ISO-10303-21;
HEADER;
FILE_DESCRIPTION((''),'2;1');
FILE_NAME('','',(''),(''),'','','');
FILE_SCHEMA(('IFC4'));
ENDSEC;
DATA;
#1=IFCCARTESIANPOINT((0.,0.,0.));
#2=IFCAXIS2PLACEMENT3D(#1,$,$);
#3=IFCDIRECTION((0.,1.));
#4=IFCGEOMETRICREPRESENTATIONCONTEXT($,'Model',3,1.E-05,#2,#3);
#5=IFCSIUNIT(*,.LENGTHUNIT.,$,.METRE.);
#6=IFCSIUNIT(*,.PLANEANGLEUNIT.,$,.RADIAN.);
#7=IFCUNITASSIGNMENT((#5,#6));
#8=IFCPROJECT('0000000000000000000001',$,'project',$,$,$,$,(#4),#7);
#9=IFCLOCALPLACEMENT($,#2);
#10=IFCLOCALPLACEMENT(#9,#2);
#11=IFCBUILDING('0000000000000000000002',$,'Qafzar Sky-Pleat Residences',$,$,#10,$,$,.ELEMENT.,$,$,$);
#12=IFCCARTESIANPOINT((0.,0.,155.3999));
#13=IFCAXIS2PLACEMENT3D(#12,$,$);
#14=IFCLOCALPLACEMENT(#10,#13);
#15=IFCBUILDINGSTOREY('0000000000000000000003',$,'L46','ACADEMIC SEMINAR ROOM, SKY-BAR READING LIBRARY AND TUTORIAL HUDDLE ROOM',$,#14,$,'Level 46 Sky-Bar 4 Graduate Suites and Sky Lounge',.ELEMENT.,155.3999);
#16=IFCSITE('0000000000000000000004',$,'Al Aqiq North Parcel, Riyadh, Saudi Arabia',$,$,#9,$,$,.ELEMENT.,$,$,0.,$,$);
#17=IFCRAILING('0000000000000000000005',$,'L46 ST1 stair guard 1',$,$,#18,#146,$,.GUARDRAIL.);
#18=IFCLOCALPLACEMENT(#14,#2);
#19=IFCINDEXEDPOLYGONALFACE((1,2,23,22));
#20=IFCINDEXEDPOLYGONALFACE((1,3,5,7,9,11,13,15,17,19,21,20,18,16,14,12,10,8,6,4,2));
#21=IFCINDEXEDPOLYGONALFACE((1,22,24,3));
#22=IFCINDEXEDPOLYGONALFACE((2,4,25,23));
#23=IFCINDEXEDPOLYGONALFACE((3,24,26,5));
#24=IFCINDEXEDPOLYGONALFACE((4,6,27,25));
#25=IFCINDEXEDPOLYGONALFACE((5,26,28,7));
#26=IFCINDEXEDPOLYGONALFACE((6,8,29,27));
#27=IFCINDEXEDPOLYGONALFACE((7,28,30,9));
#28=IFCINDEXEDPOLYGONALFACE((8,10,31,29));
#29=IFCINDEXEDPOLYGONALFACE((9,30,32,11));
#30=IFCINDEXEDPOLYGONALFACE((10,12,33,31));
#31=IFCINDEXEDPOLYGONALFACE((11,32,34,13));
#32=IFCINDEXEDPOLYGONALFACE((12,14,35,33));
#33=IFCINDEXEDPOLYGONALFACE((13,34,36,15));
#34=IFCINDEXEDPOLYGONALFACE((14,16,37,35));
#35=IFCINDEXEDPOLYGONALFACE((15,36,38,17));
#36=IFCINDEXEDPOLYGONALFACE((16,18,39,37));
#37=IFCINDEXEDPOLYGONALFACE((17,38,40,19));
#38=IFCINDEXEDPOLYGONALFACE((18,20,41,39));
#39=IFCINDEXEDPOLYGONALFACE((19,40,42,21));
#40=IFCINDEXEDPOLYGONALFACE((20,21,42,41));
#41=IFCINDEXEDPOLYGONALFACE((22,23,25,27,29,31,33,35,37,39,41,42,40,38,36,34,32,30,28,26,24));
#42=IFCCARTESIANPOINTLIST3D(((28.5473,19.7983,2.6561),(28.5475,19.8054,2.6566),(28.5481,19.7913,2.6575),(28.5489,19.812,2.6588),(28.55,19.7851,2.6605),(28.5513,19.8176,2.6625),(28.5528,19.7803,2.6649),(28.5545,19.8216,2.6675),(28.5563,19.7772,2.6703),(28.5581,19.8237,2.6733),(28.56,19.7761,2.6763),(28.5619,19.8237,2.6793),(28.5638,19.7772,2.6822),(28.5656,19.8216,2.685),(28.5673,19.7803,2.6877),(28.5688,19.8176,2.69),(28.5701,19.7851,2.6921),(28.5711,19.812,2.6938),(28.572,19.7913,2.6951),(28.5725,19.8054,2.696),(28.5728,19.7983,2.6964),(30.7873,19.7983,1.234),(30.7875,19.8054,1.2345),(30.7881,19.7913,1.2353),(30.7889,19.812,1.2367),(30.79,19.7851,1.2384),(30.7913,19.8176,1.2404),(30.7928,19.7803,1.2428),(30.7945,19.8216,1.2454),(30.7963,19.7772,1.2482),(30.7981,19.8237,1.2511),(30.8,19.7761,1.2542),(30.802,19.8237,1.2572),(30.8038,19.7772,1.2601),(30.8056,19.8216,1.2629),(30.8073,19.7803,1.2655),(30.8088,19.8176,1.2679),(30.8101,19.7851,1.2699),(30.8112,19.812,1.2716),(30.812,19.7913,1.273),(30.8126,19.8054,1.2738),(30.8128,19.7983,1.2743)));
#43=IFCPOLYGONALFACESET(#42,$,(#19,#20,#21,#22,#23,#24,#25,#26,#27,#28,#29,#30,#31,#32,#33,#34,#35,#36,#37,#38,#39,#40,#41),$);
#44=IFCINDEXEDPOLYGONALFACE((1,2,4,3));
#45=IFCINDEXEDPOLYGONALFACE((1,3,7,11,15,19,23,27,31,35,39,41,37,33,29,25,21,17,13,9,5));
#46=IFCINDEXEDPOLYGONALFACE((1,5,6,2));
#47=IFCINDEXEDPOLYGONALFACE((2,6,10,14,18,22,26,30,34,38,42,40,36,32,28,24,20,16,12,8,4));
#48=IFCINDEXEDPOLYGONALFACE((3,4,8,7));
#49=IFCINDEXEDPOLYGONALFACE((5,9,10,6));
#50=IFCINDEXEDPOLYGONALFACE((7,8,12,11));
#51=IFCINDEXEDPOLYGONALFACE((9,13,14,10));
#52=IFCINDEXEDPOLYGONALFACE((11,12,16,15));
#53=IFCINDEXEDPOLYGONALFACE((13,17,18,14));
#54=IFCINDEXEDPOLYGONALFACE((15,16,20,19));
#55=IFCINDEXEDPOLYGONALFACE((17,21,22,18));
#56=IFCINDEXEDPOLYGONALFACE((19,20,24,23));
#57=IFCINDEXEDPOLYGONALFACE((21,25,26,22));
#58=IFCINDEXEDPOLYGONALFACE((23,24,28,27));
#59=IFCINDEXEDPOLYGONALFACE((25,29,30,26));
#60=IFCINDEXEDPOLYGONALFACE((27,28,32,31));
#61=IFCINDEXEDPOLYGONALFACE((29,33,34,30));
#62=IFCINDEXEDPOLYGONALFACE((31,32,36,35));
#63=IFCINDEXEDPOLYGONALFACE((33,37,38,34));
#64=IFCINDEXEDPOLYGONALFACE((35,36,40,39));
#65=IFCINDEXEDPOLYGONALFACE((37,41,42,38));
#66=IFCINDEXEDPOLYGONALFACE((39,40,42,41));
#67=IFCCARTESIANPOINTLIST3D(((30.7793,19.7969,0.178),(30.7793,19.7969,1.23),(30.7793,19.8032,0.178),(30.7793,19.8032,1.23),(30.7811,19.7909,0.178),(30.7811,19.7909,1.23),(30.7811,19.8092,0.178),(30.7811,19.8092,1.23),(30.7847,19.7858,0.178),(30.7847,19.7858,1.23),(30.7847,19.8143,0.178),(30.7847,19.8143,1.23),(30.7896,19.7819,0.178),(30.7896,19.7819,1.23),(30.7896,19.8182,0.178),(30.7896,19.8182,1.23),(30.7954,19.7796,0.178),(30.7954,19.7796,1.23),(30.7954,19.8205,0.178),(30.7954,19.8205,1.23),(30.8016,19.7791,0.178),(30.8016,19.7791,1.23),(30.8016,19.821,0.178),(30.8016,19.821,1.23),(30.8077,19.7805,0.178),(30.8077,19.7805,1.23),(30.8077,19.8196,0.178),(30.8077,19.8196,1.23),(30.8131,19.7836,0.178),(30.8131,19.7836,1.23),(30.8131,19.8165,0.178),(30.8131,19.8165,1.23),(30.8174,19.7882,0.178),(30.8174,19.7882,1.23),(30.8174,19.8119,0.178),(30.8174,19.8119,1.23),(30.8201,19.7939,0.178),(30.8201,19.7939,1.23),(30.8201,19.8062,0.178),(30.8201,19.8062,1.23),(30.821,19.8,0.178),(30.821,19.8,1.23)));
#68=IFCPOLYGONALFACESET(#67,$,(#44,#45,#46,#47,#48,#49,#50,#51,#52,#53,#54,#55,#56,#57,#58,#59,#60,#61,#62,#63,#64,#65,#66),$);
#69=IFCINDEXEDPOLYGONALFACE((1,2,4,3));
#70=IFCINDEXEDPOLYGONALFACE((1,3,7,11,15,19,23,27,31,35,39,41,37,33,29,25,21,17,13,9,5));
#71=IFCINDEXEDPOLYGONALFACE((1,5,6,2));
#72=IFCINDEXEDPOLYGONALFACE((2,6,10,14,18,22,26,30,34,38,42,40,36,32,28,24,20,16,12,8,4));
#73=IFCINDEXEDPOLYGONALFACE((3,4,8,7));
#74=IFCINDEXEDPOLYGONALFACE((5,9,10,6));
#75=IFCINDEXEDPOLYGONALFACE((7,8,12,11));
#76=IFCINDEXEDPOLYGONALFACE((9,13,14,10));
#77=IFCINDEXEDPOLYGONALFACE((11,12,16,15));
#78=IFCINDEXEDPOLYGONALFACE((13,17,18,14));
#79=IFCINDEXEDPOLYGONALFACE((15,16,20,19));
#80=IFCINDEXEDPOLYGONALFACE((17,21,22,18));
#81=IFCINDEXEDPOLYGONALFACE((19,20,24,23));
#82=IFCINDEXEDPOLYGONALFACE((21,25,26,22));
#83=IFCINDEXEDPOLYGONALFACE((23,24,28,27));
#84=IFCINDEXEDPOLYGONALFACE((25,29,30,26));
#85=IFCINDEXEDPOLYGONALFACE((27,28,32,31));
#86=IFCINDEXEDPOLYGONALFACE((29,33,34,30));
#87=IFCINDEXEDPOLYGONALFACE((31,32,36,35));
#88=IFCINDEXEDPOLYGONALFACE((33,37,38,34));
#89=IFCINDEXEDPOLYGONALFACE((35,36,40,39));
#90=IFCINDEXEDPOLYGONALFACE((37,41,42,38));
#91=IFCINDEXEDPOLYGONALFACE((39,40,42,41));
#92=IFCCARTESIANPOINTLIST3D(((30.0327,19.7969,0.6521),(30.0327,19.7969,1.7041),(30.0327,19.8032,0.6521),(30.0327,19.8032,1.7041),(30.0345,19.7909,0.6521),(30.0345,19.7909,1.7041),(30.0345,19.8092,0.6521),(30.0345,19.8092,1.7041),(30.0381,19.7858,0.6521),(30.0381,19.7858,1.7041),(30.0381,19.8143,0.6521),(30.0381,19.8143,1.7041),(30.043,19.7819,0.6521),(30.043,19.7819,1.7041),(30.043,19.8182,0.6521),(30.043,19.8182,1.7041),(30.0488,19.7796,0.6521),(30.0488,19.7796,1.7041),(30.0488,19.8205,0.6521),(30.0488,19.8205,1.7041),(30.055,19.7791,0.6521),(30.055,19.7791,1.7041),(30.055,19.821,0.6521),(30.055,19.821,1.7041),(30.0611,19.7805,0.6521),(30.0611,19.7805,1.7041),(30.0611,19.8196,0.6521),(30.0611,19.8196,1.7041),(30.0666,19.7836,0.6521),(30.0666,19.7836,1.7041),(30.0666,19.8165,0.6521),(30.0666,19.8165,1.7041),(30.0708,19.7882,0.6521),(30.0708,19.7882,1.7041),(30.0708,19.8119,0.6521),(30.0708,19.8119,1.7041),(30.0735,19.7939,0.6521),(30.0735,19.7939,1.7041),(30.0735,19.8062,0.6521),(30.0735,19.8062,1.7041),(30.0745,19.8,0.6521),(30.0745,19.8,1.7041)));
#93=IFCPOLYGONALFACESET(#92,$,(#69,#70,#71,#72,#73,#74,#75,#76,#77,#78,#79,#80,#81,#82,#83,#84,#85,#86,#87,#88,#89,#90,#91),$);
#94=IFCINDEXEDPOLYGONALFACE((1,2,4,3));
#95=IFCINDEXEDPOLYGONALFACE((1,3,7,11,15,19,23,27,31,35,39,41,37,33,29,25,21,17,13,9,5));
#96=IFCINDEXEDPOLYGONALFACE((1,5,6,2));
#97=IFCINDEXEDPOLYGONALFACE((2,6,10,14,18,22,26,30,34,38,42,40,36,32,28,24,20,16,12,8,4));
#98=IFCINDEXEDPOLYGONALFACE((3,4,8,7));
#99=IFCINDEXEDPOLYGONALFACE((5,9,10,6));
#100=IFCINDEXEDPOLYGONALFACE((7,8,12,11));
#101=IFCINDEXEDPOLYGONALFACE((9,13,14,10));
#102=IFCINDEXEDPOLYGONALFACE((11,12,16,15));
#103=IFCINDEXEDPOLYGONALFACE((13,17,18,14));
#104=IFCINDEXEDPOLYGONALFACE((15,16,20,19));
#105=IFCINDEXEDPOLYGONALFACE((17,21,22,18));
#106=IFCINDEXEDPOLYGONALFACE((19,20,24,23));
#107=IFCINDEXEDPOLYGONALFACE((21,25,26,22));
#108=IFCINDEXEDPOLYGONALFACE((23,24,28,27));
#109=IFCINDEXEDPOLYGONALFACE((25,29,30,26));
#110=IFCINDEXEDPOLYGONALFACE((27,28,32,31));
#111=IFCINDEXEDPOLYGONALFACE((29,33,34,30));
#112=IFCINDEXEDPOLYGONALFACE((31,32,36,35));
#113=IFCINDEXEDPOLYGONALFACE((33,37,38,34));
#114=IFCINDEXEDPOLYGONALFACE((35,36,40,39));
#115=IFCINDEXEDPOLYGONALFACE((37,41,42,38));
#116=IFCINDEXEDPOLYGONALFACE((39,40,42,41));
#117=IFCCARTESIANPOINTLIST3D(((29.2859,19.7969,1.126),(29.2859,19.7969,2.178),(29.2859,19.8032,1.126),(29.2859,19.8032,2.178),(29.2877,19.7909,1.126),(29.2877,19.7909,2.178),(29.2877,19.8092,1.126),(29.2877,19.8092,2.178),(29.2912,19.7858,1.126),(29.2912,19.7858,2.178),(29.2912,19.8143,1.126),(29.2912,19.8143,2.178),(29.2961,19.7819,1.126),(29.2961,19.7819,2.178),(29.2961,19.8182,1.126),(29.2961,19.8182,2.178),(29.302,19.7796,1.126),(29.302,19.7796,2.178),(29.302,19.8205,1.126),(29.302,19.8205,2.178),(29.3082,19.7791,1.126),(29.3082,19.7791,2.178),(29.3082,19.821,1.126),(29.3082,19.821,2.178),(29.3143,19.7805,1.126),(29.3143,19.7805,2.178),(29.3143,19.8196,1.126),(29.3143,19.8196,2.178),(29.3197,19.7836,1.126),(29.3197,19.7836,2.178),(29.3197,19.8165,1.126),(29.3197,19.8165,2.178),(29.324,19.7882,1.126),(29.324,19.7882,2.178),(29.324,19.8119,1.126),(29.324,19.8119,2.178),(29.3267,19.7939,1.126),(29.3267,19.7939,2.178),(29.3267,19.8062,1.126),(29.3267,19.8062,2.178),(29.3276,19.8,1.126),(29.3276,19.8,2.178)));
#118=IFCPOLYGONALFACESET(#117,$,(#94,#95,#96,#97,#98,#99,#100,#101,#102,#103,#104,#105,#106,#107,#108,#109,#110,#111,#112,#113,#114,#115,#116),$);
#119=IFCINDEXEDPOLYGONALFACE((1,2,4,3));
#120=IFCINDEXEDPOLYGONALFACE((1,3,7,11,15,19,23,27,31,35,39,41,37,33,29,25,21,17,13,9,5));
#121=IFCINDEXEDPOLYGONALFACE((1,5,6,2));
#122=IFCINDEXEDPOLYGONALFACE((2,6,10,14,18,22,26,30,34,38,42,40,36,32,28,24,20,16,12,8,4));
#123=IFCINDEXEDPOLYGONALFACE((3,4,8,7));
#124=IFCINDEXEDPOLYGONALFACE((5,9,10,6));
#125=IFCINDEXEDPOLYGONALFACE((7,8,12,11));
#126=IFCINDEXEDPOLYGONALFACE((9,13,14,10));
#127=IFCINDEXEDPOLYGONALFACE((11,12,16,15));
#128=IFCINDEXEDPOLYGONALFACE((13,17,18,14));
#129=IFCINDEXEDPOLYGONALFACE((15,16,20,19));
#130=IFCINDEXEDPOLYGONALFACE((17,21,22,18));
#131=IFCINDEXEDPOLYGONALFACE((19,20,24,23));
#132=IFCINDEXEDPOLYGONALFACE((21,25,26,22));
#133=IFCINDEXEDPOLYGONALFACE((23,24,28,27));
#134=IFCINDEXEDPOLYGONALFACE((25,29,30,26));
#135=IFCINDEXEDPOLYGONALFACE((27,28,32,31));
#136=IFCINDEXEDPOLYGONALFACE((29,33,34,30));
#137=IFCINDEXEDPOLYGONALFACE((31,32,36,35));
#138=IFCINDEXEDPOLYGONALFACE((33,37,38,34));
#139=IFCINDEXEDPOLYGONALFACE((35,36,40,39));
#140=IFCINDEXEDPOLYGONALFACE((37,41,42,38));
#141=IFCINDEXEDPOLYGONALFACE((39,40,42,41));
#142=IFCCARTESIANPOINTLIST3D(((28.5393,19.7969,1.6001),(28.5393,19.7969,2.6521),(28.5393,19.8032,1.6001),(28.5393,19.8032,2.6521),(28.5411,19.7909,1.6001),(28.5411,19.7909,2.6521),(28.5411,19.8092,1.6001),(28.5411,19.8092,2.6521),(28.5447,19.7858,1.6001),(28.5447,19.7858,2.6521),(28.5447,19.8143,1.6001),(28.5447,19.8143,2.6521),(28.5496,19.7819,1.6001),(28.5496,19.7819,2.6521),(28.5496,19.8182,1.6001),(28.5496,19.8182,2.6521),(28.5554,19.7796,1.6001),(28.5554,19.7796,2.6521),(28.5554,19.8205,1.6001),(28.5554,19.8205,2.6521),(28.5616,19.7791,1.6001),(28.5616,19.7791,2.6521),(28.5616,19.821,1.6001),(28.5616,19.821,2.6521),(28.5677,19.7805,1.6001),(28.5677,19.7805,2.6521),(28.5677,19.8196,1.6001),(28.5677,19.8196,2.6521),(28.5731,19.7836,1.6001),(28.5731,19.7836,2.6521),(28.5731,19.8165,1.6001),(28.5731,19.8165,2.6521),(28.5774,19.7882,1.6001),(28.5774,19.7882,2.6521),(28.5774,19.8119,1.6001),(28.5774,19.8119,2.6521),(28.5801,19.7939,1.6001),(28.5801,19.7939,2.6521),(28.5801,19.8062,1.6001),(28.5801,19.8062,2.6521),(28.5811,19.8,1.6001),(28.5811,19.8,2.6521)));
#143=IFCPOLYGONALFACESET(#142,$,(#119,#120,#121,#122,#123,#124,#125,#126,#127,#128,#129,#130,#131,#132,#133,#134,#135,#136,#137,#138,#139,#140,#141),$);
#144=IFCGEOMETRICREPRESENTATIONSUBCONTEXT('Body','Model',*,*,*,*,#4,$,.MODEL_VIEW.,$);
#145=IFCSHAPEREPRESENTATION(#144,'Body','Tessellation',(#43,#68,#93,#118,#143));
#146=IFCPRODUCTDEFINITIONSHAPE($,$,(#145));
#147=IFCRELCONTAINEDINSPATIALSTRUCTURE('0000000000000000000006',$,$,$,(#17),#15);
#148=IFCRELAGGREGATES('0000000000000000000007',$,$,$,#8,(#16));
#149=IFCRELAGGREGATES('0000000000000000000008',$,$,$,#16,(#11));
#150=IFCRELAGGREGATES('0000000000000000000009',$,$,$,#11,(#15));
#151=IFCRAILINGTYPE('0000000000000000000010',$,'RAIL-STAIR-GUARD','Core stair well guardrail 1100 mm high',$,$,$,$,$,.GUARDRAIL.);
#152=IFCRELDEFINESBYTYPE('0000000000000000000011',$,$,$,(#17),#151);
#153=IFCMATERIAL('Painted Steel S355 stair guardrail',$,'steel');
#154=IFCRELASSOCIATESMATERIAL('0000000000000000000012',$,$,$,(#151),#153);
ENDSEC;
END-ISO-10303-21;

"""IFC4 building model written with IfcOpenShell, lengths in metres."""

from ifc_helpers import new_model, si_unit, direction, frame, origin, origin_2d, place, context, subcontext, project, spatial, circle, extrude, source, transform, mapped, material, type_object, element, save


model = new_model("IFC4")

# Units and contexts
model_context = context("Model", 3, precision=1e-05, world=origin(), true_north=direction((0.0, 1.0)))
body_context = subcontext(model_context, "Body", "Model", "MODEL_VIEW")
ifc_project = project(units=[si_unit("LENGTHUNIT", "METRE"), si_unit("PLANEANGLEUNIT", "RADIAN")], contexts=[model_context])

# Site, building, storey
site_placement = place(None, origin())
site = spatial("IfcSite", under=ifc_project, at=site_placement, Name="Al Aqiq North Parcel, Riyadh, Saudi Arabia", CompositionType="ELEMENT", RefElevation=0.0)
building_placement = place(site_placement, origin())
building = spatial("IfcBuilding", under=site, at=building_placement, Name="Qafzar Sky-Pleat Residences", CompositionType="ELEMENT")
storey_placement = place(building_placement, frame((0.0, 0.0, 155.3999)))
storey = spatial("IfcBuildingStorey", under=building, at=storey_placement, Name="L46", Description="ACADEMIC SEMINAR ROOM, SKY-BAR READING LIBRARY AND TUTORIAL HUDDLE ROOM", LongName="Level 46 Sky-Bar 4 Graduate Suites and Sky Lounge", CompositionType="ELEMENT", Elevation=155.3999)

# Railing
ifc_material_1 = material(Name="Painted Steel S355 stair guardrail", Category="steel")
railing_type_1 = type_object("IfcRailingType", Name="RAIL-STAIR-GUARD", Description="Core stair well guardrail 1100 mm high", PredefinedType="GUARDRAIL", material=ifc_material_1)
shared_shape_1 = source(origin(), body_context, "Body", "SweptSolid", [
    extrude(circle(Radius=0.0239, at=origin_2d()), frame((0.0, 0.0, 1.0762), z_axis=(-0.844229, 0.0, 0.535982), x_axis=(0.0, -1.0, 0.0)), (0.0, 0.0, 1.0), 2.6533),
    extrude(circle(Radius=0.021, at=origin_2d()), origin(), (0.0, 0.0, 1.0), 1.052),
    extrude(circle(Radius=0.021, at=origin_2d()), frame((-0.7466, 0.0, 0.4741)), (0.0, 0.0, 1.0), 1.052),
    extrude(circle(Radius=0.021, at=origin_2d()), frame((-1.4934, 0.0, 0.948)), (0.0, 0.0, 1.0), 1.052),
    extrude(circle(Radius=0.021, at=origin_2d()), frame((-2.24, 0.0, 1.4221)), (0.0, 0.0, 1.0), 1.052),
])
railing_1_placement = place(storey_placement, frame((30.8, 19.8, 0.178)))
element("IfcRailing", 1, at=railing_1_placement, inside=storey, type_object=railing_type_1, Name="L46 ST1 stair guard 1", PredefinedType="GUARDRAIL", context=body_context, shape_type="MappedRepresentation", body=[
    mapped(shared_shape_1, transform((0.0, 0.0, 0.0), x_axis=(1.0, 0.0, 0.0), y_axis=(0.0, 1.0, 0.0), z_axis=(0.0, 0.0, 1.0), scale=1.0)),
])

save(model, "model.ifc")
